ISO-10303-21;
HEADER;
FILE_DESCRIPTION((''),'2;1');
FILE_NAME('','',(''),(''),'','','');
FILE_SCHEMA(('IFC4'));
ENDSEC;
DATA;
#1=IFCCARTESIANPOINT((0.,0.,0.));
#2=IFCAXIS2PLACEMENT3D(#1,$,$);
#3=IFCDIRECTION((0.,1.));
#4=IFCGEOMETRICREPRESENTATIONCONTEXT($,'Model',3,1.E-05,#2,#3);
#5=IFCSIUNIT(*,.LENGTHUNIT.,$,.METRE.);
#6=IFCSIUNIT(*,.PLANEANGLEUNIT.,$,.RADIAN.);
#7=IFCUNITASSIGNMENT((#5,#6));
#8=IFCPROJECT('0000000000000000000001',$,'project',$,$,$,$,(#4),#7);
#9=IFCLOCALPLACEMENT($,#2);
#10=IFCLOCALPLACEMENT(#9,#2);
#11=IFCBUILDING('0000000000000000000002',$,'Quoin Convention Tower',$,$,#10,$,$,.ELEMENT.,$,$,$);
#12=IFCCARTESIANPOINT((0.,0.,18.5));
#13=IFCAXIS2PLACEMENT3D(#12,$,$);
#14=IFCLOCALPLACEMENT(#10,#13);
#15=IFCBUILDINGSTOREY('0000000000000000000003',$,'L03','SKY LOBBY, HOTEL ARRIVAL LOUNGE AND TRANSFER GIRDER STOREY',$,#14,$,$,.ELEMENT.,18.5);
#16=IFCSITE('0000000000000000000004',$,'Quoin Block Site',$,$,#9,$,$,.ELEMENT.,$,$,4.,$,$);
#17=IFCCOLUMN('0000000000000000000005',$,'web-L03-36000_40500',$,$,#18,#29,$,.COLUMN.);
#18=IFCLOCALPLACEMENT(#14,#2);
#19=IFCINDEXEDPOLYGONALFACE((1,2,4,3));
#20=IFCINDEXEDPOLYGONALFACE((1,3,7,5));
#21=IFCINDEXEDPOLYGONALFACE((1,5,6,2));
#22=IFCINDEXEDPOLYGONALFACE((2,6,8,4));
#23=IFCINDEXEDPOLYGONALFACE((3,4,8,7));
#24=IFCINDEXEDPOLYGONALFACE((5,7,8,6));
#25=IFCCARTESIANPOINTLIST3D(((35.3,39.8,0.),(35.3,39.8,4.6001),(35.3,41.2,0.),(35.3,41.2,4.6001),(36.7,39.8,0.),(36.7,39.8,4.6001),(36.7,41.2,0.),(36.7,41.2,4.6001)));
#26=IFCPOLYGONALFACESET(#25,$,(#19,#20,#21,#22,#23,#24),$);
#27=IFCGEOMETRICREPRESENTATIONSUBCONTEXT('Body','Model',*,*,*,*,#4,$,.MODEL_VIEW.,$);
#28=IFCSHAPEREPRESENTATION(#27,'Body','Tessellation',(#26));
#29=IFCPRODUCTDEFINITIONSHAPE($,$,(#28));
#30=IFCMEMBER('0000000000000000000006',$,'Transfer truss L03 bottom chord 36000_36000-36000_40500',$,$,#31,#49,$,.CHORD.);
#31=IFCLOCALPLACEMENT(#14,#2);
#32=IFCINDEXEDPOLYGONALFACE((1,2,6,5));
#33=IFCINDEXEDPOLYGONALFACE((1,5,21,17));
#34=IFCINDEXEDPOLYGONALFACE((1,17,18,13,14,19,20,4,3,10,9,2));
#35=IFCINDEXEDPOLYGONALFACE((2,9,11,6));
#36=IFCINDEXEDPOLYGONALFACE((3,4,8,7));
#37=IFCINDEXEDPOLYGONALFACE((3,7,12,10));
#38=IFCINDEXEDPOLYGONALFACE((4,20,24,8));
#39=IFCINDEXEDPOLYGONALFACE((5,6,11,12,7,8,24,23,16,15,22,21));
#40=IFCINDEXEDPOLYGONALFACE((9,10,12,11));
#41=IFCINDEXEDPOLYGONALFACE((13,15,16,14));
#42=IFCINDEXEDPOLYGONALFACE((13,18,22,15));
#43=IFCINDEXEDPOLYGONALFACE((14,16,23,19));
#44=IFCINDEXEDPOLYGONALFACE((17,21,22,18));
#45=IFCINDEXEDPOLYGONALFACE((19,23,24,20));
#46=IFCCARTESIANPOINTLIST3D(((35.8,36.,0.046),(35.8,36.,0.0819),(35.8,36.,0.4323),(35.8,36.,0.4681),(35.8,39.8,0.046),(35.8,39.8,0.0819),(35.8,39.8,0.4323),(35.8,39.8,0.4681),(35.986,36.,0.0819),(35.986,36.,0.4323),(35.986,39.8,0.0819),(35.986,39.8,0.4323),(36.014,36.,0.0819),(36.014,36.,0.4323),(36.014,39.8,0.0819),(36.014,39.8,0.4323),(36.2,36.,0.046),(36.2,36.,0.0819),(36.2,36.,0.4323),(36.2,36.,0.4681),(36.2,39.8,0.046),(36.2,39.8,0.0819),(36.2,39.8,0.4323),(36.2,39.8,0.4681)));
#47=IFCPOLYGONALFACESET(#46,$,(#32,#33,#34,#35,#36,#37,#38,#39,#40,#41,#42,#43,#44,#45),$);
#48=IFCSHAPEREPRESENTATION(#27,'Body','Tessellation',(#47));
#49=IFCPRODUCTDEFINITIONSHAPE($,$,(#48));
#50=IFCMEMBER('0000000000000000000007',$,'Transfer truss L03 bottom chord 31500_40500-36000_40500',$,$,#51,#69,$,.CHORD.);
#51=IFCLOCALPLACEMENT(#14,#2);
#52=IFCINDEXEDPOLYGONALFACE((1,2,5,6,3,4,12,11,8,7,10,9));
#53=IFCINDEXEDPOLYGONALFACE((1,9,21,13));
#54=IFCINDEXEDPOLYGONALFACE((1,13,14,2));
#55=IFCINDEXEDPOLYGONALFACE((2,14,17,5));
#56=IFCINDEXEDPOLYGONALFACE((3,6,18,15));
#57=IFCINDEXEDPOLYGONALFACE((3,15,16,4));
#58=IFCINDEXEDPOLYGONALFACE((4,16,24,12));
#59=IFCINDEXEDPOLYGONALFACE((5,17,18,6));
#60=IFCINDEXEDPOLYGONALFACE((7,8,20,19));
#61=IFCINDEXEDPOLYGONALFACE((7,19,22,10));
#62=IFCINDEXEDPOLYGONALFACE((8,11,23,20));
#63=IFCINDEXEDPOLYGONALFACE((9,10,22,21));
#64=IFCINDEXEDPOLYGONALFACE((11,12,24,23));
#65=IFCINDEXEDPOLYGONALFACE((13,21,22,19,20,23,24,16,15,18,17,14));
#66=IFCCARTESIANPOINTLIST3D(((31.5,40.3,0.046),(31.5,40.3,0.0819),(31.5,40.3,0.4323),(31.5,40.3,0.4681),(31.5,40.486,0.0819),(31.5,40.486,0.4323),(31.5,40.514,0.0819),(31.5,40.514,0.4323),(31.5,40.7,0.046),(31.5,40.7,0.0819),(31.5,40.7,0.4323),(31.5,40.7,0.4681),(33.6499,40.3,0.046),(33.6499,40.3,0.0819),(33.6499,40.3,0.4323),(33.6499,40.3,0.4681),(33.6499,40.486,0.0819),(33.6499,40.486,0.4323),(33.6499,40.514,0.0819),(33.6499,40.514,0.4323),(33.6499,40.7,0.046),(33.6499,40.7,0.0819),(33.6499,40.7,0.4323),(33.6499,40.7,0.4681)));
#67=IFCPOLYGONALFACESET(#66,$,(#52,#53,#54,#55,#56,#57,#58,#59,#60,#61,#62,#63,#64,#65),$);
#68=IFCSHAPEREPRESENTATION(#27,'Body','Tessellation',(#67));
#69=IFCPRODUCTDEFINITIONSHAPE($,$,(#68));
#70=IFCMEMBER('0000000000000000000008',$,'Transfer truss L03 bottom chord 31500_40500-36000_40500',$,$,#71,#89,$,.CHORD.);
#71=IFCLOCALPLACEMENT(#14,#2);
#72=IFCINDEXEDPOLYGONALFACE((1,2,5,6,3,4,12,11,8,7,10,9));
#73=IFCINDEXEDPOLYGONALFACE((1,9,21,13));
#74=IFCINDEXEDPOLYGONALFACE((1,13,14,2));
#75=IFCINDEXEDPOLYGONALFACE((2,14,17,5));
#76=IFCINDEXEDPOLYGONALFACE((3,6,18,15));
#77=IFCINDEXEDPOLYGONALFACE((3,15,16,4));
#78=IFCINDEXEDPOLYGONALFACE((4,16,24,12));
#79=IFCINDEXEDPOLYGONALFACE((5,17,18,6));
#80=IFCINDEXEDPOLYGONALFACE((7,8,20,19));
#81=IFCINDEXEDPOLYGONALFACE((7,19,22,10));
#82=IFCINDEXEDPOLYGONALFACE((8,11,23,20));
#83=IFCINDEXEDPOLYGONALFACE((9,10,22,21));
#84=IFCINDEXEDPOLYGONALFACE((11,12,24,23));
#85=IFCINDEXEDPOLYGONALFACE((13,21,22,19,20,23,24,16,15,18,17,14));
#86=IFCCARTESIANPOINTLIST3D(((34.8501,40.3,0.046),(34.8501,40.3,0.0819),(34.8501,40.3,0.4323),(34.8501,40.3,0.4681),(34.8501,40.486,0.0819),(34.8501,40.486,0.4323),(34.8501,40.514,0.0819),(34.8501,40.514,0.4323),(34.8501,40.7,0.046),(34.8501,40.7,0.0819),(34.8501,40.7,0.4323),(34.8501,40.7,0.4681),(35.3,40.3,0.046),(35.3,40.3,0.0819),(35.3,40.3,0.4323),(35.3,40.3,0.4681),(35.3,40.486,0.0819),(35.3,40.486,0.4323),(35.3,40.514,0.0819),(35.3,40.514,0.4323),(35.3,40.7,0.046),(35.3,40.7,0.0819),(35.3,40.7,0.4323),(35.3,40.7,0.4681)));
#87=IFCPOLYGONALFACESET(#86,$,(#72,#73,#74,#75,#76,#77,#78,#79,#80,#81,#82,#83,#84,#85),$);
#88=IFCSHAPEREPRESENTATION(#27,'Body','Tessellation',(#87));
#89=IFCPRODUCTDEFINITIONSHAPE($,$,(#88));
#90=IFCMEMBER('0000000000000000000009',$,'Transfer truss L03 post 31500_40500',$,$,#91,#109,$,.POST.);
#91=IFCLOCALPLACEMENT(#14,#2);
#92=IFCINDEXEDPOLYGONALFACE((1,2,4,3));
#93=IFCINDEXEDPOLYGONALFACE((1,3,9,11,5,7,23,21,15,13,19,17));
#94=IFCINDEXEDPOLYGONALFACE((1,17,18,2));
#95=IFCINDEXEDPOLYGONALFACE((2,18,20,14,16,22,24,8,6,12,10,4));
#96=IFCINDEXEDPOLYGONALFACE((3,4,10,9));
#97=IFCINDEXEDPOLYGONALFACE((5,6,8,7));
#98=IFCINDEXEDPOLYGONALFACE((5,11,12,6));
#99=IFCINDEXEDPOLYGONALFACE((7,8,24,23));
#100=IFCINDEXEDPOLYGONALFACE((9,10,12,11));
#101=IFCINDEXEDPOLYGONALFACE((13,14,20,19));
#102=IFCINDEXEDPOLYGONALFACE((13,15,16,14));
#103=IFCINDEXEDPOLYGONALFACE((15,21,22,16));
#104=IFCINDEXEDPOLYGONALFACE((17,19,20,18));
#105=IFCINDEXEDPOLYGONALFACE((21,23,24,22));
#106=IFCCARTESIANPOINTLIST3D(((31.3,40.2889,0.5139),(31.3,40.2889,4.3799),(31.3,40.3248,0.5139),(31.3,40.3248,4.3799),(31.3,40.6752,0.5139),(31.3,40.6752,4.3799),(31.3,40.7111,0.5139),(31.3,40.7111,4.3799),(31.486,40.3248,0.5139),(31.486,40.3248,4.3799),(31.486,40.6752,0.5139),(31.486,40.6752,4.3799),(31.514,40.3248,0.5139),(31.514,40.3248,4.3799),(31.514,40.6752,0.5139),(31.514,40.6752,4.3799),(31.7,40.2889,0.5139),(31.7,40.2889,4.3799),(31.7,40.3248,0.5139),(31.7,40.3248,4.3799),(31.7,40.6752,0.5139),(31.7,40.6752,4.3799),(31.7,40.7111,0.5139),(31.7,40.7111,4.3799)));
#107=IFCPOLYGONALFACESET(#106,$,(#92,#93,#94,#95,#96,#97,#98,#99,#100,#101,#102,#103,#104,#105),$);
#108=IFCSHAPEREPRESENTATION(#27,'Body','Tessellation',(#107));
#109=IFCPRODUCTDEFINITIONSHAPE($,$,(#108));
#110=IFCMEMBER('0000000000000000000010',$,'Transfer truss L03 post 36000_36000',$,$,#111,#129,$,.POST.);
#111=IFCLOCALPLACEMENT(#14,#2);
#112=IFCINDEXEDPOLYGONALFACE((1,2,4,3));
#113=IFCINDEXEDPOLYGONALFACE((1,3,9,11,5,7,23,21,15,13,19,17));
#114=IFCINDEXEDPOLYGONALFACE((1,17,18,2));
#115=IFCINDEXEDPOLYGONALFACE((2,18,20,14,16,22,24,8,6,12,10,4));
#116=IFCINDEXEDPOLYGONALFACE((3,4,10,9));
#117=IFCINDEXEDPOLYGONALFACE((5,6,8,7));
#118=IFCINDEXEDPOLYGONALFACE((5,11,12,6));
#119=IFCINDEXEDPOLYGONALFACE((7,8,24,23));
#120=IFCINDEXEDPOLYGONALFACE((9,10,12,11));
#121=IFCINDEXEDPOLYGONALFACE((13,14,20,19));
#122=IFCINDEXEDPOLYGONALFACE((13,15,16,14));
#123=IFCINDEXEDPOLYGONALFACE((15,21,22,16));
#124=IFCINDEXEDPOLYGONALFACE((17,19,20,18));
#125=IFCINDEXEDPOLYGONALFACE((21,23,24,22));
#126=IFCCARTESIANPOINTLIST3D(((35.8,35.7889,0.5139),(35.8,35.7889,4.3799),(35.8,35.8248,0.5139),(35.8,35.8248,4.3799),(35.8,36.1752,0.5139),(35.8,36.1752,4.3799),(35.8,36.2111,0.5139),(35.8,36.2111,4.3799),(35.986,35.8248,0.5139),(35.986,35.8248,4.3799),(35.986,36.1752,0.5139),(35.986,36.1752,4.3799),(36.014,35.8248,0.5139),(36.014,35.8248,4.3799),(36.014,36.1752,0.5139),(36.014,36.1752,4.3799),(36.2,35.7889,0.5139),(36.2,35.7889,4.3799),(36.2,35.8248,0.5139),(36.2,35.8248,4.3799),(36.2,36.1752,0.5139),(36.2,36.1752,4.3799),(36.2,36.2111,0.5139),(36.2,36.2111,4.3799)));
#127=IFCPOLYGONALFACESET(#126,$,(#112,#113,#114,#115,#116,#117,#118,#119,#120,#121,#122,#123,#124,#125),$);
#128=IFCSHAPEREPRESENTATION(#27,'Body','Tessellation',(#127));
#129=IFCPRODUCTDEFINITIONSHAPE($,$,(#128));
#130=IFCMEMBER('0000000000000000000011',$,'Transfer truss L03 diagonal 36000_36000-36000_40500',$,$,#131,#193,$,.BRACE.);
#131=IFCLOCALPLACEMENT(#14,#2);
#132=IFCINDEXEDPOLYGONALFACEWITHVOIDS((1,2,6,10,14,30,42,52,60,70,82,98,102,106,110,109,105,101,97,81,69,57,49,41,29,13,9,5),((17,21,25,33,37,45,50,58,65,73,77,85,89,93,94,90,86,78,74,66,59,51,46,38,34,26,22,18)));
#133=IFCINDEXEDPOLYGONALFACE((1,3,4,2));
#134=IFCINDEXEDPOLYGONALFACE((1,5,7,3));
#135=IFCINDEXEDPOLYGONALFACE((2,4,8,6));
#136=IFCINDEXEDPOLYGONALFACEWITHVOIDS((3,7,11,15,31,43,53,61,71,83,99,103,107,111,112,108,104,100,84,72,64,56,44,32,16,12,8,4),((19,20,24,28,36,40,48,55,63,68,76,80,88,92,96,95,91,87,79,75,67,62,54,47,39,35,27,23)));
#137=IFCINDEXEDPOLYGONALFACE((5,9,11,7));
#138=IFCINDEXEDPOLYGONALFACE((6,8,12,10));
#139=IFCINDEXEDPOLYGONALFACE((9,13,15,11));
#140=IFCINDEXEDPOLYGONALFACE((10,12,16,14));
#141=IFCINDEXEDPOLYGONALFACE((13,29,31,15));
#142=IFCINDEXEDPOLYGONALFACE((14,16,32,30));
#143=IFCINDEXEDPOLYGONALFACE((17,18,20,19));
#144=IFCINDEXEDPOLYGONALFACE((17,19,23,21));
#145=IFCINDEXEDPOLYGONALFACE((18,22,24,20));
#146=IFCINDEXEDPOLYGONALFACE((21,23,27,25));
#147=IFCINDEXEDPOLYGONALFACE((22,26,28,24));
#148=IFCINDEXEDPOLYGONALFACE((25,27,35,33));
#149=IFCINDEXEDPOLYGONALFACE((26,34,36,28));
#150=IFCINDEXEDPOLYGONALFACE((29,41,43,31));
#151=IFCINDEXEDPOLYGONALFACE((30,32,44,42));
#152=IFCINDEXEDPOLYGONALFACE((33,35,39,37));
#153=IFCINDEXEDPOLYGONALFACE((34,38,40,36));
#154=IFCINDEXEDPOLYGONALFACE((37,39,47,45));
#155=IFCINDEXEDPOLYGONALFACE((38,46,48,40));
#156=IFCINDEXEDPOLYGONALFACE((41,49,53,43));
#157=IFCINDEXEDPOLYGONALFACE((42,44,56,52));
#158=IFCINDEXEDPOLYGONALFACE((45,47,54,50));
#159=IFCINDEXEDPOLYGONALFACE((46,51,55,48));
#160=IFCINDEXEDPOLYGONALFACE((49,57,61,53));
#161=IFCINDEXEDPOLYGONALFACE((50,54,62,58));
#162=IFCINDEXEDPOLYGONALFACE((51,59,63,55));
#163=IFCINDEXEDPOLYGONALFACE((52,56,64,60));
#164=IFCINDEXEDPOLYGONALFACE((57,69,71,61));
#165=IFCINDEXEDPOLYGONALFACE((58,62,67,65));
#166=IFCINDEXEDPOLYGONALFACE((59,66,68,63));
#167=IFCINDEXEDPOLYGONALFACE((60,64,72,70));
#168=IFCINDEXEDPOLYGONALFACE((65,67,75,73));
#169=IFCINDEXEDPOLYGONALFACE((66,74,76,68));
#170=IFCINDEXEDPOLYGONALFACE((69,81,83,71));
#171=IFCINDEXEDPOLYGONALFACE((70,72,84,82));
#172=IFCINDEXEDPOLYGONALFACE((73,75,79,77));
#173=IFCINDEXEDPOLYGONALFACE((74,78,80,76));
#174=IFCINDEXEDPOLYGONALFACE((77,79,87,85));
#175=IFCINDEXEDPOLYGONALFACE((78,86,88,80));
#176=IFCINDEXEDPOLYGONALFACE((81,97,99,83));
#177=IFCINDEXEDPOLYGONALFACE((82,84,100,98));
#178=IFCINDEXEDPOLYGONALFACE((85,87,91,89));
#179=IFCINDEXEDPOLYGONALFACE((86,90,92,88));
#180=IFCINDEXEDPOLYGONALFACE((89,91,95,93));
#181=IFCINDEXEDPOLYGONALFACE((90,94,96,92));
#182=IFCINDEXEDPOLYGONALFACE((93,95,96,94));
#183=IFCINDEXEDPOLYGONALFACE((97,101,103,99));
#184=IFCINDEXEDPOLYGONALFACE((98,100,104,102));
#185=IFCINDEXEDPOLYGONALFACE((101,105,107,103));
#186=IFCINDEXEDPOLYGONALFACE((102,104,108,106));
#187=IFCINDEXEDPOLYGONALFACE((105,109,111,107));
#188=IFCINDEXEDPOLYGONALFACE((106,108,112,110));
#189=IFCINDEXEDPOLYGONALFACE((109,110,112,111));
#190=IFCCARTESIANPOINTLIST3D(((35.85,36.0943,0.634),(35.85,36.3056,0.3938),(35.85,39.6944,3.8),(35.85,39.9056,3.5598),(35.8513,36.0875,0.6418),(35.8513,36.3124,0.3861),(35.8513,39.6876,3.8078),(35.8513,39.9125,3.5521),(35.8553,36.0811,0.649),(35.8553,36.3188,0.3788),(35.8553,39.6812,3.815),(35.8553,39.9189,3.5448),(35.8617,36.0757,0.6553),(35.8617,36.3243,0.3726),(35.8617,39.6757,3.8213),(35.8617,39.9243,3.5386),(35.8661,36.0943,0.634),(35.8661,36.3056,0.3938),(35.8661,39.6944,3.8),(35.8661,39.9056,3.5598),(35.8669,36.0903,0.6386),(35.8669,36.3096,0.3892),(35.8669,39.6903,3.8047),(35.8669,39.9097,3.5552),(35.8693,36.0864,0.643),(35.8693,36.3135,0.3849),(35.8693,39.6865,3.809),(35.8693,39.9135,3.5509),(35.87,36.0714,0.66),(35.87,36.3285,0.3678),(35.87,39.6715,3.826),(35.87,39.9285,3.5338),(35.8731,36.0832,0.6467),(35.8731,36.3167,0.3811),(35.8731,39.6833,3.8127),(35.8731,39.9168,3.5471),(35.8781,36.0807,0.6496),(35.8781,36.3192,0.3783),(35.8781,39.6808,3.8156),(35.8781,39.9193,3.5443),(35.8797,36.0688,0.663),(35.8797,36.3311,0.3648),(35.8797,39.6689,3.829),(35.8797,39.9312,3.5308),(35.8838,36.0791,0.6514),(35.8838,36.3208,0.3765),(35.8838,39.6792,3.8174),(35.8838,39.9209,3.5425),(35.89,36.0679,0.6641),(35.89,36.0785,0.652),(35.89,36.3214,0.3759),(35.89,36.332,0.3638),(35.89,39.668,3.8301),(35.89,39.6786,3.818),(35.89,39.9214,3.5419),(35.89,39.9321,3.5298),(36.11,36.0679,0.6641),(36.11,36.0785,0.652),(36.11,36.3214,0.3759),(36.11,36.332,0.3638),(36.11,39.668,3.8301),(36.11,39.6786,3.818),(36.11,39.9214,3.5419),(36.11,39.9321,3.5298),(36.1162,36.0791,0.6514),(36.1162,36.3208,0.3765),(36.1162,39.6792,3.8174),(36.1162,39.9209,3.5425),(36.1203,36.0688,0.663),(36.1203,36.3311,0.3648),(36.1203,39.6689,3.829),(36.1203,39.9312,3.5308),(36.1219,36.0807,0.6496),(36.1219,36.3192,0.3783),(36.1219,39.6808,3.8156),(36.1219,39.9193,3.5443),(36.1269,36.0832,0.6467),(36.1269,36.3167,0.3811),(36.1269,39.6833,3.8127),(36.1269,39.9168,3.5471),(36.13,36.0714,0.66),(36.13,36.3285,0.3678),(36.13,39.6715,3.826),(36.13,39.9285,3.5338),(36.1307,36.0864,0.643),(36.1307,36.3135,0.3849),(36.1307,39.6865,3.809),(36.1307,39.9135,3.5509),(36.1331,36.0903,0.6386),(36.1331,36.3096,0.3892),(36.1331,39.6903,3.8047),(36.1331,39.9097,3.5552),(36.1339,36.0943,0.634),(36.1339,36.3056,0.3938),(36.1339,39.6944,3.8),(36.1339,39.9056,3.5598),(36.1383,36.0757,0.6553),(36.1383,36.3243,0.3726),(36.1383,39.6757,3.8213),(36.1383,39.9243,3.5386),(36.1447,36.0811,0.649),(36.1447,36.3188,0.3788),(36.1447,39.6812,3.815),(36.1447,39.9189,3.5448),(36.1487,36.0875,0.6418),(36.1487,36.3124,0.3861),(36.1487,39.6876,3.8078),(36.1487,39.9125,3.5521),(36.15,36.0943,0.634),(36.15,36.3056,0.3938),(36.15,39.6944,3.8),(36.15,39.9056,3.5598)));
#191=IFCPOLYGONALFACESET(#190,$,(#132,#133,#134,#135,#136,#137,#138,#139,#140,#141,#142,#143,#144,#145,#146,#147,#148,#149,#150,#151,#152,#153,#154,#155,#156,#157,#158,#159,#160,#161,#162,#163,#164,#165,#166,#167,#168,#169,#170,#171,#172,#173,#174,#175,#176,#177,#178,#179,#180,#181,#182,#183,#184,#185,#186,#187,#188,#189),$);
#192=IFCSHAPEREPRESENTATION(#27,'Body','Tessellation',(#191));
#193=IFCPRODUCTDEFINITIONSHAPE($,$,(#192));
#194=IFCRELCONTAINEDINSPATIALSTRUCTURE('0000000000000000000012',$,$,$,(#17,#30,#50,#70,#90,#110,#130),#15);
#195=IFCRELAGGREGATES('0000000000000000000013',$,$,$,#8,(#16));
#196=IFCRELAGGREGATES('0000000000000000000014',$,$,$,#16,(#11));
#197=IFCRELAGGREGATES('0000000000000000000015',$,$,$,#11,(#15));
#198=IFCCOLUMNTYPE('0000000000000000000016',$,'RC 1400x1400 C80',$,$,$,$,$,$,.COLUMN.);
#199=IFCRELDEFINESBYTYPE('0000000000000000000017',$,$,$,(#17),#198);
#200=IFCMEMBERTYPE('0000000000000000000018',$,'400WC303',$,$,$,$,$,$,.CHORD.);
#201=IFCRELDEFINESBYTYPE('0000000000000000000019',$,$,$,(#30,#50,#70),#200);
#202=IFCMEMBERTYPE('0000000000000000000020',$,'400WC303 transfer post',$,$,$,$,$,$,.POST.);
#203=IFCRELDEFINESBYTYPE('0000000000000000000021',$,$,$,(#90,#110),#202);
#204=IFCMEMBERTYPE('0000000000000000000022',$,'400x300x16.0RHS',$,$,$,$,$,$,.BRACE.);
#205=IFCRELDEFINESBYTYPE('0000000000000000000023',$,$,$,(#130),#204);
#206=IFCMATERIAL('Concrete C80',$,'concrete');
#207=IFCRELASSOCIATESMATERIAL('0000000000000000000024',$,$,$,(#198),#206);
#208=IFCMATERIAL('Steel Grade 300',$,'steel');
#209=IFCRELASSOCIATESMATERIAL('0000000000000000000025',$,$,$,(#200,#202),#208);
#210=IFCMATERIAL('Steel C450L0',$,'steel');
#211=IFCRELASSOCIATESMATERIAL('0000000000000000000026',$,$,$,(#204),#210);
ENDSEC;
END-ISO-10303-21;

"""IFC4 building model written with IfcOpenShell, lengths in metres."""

from ifc_helpers import new_model, si_unit, direction, frame, origin, origin_2d, place, context, subcontext, project, spatial, rectangle, hollow_rectangle, i_section, extrude, material, material_profile, profile_set, type_object, element, save


model = new_model("IFC4")

# Units and contexts
model_context = context("Model", 3, precision=1e-05, world=origin(), true_north=direction((0.0, 1.0)))
body_context = subcontext(model_context, "Body", "Model", "MODEL_VIEW")
ifc_project = project(units=[si_unit("LENGTHUNIT", "METRE"), si_unit("PLANEANGLEUNIT", "RADIAN")], contexts=[model_context])

# Site, building, storey
site_placement = place(None, origin())
site = spatial("IfcSite", under=ifc_project, at=site_placement, Name="Quoin Block Site", CompositionType="ELEMENT", RefElevation=4.0)
building_placement = place(site_placement, origin())
building = spatial("IfcBuilding", under=site, at=building_placement, Name="Quoin Convention Tower", CompositionType="ELEMENT")
storey_placement = place(building_placement, frame((0.0, 0.0, 18.5)))
storey = spatial("IfcBuildingStorey", under=building, at=storey_placement, Name="L03", Description="SKY LOBBY, HOTEL ARRIVAL LOUNGE AND TRANSFER GIRDER STOREY", CompositionType="ELEMENT", Elevation=18.5)

# Column
ifc_material_1 = material(Name="Concrete C80", Category="concrete")
ifc_material_profile_1 = material_profile(ifc_material_1, rectangle(XDim=1.3999, YDim=1.3999, at=origin_2d()), Name="RC 1400x1400")
ifc_profile_set_1 = profile_set([ifc_material_profile_1], Name="Concrete C80")
column_type = type_object("IfcColumnType", Name="RC 1400x1400 C80", PredefinedType="COLUMN", material=ifc_profile_set_1)
column_placement = place(storey_placement, frame((36.0, 40.5, 0.0), z_axis=(0.0, 0.0, 1.0), x_axis=(1.0, 0.0, 0.0)))
element("IfcColumn", 1, at=column_placement, inside=storey, type_object=column_type, Name="web-L03-36000_40500", PredefinedType="COLUMN", context=body_context, shape_type="SweptSolid", body=[
    extrude(rectangle(XDim=1.3999, YDim=1.3999, at=origin_2d()), origin(), (0.0, 0.0, 1.0), 4.6001),
])

# Members
ifc_material_2 = material(Name="Steel Grade 300", Category="steel")
ifc_material_profile_2 = material_profile(ifc_material_2, i_section(OverallWidth=0.3999, OverallDepth=0.4221, WebThickness=0.0281, FlangeThickness=0.0359, at=origin_2d()), Name="400WC303")
ifc_profile_set_2 = profile_set([ifc_material_profile_2], Name="Steel Grade 300")
member_type_1 = type_object("IfcMemberType", Name="400WC303", PredefinedType="CHORD", material=ifc_profile_set_2)
member_1_placement = place(storey_placement, frame((36.0, 36.0, 0.2571), z_axis=(0.0, 1.0, 0.0), x_axis=(-1.0, 0.0, 0.0)))
element("IfcMember", 2, at=member_1_placement, inside=storey, type_object=member_type_1, Name="Transfer truss L03 bottom chord 36000_36000-36000_40500", PredefinedType="CHORD", context=body_context, shape_type="SweptSolid", body=[
    extrude(i_section(OverallWidth=0.3999, OverallDepth=0.4221, WebThickness=0.0281, FlangeThickness=0.0359, at=origin_2d()), origin(), (0.0, 0.0, 1.0), 3.8),
])
member_2_placement = place(storey_placement, frame((31.5, 40.5, 0.2571), z_axis=(1.0, 0.0, 0.0), x_axis=(0.0, 1.0, 0.0)))
element("IfcMember", 3, at=member_2_placement, inside=storey, type_object=member_type_1, Name="Transfer truss L03 bottom chord 31500_40500-36000_40500", PredefinedType="CHORD", context=body_context, shape_type="SweptSolid", body=[
    extrude(i_section(OverallWidth=0.3999, OverallDepth=0.4221, WebThickness=0.0281, FlangeThickness=0.0359, at=origin_2d()), origin(), (0.0, 0.0, 1.0), 2.1499),
])
member_3_placement = place(storey_placement, frame((34.8501, 40.5, 0.2571), z_axis=(1.0, 0.0, 0.0), x_axis=(0.0, 1.0, 0.0)))
element("IfcMember", 4, at=member_3_placement, inside=storey, type_object=member_type_1, Name="Transfer truss L03 bottom chord 31500_40500-36000_40500", PredefinedType="CHORD", context=body_context, shape_type="SweptSolid", body=[
    extrude(i_section(OverallWidth=0.3999, OverallDepth=0.4221, WebThickness=0.0281, FlangeThickness=0.0359, at=origin_2d()), origin(), (0.0, 0.0, 1.0), 0.45),
])
ifc_material_profile_3 = material_profile(ifc_material_2, i_section(OverallWidth=0.3999, OverallDepth=0.4221, WebThickness=0.0281, FlangeThickness=0.0359, at=origin_2d()), Name="400WC303")
ifc_profile_set_3 = profile_set([ifc_material_profile_3], Name="Steel Grade 300")
member_type_2 = type_object("IfcMemberType", Name="400WC303 transfer post", PredefinedType="POST", material=ifc_profile_set_3)
for number, where, z_axis, x_axis, name in (
    (5, (31.5, 40.5, 0.5139), (0.0, 0.0, 1.0), (1.0, 0.0, 0.0), "Transfer truss L03 post 31500_40500"),
    (6, (36.0, 36.0, 0.5139), (0.0, 0.0, 1.0), (1.0, 0.0, 0.0), "Transfer truss L03 post 36000_36000"),
):
    element("IfcMember", number, at=place(storey_placement, frame(where, z_axis=z_axis, x_axis=x_axis)), inside=storey, type_object=member_type_2, Name=name, PredefinedType="POST", context=body_context, shape_type="SweptSolid", body=[
        extrude(i_section(OverallWidth=0.3999, OverallDepth=0.4221, WebThickness=0.0281, FlangeThickness=0.0359, at=origin_2d()), origin(), (0.0, 0.0, 1.0), 3.866),
    ])
ifc_material_3 = material(Name="Steel C450L0", Category="steel")
ifc_material_profile_4 = material_profile(ifc_material_3, hollow_rectangle(XDim=0.3, YDim=0.3999, WallThickness=0.0161, InnerFilletRadius=0.0239, OuterFilletRadius=0.04, at=origin_2d()), Name="400x300x16.0RHS")
ifc_profile_set_4 = profile_set([ifc_material_profile_4], Name="Steel C450L0")
member_type_3 = type_object("IfcMemberType", Name="400x300x16.0RHS", PredefinedType="BRACE", material=ifc_profile_set_4)
member_4_placement = place(storey_placement, frame((36.0, 36.2, 0.5139), z_axis=(0.0, 0.750928, 0.660384), x_axis=(-1.0, 0.0, 0.0)))
element("IfcMember", 7, at=member_4_placement, inside=storey, type_object=member_type_3, Name="Transfer truss L03 diagonal 36000_36000-36000_40500", PredefinedType="BRACE", context=body_context, shape_type="SweptSolid", body=[
    extrude(hollow_rectangle(XDim=0.3, YDim=0.3999, WallThickness=0.0161, InnerFilletRadius=0.0239, OuterFilletRadius=0.04, at=origin_2d()), origin(), (0.0, 0.0, 1.0), 4.7942),
])

save(model, "model.ifc")
